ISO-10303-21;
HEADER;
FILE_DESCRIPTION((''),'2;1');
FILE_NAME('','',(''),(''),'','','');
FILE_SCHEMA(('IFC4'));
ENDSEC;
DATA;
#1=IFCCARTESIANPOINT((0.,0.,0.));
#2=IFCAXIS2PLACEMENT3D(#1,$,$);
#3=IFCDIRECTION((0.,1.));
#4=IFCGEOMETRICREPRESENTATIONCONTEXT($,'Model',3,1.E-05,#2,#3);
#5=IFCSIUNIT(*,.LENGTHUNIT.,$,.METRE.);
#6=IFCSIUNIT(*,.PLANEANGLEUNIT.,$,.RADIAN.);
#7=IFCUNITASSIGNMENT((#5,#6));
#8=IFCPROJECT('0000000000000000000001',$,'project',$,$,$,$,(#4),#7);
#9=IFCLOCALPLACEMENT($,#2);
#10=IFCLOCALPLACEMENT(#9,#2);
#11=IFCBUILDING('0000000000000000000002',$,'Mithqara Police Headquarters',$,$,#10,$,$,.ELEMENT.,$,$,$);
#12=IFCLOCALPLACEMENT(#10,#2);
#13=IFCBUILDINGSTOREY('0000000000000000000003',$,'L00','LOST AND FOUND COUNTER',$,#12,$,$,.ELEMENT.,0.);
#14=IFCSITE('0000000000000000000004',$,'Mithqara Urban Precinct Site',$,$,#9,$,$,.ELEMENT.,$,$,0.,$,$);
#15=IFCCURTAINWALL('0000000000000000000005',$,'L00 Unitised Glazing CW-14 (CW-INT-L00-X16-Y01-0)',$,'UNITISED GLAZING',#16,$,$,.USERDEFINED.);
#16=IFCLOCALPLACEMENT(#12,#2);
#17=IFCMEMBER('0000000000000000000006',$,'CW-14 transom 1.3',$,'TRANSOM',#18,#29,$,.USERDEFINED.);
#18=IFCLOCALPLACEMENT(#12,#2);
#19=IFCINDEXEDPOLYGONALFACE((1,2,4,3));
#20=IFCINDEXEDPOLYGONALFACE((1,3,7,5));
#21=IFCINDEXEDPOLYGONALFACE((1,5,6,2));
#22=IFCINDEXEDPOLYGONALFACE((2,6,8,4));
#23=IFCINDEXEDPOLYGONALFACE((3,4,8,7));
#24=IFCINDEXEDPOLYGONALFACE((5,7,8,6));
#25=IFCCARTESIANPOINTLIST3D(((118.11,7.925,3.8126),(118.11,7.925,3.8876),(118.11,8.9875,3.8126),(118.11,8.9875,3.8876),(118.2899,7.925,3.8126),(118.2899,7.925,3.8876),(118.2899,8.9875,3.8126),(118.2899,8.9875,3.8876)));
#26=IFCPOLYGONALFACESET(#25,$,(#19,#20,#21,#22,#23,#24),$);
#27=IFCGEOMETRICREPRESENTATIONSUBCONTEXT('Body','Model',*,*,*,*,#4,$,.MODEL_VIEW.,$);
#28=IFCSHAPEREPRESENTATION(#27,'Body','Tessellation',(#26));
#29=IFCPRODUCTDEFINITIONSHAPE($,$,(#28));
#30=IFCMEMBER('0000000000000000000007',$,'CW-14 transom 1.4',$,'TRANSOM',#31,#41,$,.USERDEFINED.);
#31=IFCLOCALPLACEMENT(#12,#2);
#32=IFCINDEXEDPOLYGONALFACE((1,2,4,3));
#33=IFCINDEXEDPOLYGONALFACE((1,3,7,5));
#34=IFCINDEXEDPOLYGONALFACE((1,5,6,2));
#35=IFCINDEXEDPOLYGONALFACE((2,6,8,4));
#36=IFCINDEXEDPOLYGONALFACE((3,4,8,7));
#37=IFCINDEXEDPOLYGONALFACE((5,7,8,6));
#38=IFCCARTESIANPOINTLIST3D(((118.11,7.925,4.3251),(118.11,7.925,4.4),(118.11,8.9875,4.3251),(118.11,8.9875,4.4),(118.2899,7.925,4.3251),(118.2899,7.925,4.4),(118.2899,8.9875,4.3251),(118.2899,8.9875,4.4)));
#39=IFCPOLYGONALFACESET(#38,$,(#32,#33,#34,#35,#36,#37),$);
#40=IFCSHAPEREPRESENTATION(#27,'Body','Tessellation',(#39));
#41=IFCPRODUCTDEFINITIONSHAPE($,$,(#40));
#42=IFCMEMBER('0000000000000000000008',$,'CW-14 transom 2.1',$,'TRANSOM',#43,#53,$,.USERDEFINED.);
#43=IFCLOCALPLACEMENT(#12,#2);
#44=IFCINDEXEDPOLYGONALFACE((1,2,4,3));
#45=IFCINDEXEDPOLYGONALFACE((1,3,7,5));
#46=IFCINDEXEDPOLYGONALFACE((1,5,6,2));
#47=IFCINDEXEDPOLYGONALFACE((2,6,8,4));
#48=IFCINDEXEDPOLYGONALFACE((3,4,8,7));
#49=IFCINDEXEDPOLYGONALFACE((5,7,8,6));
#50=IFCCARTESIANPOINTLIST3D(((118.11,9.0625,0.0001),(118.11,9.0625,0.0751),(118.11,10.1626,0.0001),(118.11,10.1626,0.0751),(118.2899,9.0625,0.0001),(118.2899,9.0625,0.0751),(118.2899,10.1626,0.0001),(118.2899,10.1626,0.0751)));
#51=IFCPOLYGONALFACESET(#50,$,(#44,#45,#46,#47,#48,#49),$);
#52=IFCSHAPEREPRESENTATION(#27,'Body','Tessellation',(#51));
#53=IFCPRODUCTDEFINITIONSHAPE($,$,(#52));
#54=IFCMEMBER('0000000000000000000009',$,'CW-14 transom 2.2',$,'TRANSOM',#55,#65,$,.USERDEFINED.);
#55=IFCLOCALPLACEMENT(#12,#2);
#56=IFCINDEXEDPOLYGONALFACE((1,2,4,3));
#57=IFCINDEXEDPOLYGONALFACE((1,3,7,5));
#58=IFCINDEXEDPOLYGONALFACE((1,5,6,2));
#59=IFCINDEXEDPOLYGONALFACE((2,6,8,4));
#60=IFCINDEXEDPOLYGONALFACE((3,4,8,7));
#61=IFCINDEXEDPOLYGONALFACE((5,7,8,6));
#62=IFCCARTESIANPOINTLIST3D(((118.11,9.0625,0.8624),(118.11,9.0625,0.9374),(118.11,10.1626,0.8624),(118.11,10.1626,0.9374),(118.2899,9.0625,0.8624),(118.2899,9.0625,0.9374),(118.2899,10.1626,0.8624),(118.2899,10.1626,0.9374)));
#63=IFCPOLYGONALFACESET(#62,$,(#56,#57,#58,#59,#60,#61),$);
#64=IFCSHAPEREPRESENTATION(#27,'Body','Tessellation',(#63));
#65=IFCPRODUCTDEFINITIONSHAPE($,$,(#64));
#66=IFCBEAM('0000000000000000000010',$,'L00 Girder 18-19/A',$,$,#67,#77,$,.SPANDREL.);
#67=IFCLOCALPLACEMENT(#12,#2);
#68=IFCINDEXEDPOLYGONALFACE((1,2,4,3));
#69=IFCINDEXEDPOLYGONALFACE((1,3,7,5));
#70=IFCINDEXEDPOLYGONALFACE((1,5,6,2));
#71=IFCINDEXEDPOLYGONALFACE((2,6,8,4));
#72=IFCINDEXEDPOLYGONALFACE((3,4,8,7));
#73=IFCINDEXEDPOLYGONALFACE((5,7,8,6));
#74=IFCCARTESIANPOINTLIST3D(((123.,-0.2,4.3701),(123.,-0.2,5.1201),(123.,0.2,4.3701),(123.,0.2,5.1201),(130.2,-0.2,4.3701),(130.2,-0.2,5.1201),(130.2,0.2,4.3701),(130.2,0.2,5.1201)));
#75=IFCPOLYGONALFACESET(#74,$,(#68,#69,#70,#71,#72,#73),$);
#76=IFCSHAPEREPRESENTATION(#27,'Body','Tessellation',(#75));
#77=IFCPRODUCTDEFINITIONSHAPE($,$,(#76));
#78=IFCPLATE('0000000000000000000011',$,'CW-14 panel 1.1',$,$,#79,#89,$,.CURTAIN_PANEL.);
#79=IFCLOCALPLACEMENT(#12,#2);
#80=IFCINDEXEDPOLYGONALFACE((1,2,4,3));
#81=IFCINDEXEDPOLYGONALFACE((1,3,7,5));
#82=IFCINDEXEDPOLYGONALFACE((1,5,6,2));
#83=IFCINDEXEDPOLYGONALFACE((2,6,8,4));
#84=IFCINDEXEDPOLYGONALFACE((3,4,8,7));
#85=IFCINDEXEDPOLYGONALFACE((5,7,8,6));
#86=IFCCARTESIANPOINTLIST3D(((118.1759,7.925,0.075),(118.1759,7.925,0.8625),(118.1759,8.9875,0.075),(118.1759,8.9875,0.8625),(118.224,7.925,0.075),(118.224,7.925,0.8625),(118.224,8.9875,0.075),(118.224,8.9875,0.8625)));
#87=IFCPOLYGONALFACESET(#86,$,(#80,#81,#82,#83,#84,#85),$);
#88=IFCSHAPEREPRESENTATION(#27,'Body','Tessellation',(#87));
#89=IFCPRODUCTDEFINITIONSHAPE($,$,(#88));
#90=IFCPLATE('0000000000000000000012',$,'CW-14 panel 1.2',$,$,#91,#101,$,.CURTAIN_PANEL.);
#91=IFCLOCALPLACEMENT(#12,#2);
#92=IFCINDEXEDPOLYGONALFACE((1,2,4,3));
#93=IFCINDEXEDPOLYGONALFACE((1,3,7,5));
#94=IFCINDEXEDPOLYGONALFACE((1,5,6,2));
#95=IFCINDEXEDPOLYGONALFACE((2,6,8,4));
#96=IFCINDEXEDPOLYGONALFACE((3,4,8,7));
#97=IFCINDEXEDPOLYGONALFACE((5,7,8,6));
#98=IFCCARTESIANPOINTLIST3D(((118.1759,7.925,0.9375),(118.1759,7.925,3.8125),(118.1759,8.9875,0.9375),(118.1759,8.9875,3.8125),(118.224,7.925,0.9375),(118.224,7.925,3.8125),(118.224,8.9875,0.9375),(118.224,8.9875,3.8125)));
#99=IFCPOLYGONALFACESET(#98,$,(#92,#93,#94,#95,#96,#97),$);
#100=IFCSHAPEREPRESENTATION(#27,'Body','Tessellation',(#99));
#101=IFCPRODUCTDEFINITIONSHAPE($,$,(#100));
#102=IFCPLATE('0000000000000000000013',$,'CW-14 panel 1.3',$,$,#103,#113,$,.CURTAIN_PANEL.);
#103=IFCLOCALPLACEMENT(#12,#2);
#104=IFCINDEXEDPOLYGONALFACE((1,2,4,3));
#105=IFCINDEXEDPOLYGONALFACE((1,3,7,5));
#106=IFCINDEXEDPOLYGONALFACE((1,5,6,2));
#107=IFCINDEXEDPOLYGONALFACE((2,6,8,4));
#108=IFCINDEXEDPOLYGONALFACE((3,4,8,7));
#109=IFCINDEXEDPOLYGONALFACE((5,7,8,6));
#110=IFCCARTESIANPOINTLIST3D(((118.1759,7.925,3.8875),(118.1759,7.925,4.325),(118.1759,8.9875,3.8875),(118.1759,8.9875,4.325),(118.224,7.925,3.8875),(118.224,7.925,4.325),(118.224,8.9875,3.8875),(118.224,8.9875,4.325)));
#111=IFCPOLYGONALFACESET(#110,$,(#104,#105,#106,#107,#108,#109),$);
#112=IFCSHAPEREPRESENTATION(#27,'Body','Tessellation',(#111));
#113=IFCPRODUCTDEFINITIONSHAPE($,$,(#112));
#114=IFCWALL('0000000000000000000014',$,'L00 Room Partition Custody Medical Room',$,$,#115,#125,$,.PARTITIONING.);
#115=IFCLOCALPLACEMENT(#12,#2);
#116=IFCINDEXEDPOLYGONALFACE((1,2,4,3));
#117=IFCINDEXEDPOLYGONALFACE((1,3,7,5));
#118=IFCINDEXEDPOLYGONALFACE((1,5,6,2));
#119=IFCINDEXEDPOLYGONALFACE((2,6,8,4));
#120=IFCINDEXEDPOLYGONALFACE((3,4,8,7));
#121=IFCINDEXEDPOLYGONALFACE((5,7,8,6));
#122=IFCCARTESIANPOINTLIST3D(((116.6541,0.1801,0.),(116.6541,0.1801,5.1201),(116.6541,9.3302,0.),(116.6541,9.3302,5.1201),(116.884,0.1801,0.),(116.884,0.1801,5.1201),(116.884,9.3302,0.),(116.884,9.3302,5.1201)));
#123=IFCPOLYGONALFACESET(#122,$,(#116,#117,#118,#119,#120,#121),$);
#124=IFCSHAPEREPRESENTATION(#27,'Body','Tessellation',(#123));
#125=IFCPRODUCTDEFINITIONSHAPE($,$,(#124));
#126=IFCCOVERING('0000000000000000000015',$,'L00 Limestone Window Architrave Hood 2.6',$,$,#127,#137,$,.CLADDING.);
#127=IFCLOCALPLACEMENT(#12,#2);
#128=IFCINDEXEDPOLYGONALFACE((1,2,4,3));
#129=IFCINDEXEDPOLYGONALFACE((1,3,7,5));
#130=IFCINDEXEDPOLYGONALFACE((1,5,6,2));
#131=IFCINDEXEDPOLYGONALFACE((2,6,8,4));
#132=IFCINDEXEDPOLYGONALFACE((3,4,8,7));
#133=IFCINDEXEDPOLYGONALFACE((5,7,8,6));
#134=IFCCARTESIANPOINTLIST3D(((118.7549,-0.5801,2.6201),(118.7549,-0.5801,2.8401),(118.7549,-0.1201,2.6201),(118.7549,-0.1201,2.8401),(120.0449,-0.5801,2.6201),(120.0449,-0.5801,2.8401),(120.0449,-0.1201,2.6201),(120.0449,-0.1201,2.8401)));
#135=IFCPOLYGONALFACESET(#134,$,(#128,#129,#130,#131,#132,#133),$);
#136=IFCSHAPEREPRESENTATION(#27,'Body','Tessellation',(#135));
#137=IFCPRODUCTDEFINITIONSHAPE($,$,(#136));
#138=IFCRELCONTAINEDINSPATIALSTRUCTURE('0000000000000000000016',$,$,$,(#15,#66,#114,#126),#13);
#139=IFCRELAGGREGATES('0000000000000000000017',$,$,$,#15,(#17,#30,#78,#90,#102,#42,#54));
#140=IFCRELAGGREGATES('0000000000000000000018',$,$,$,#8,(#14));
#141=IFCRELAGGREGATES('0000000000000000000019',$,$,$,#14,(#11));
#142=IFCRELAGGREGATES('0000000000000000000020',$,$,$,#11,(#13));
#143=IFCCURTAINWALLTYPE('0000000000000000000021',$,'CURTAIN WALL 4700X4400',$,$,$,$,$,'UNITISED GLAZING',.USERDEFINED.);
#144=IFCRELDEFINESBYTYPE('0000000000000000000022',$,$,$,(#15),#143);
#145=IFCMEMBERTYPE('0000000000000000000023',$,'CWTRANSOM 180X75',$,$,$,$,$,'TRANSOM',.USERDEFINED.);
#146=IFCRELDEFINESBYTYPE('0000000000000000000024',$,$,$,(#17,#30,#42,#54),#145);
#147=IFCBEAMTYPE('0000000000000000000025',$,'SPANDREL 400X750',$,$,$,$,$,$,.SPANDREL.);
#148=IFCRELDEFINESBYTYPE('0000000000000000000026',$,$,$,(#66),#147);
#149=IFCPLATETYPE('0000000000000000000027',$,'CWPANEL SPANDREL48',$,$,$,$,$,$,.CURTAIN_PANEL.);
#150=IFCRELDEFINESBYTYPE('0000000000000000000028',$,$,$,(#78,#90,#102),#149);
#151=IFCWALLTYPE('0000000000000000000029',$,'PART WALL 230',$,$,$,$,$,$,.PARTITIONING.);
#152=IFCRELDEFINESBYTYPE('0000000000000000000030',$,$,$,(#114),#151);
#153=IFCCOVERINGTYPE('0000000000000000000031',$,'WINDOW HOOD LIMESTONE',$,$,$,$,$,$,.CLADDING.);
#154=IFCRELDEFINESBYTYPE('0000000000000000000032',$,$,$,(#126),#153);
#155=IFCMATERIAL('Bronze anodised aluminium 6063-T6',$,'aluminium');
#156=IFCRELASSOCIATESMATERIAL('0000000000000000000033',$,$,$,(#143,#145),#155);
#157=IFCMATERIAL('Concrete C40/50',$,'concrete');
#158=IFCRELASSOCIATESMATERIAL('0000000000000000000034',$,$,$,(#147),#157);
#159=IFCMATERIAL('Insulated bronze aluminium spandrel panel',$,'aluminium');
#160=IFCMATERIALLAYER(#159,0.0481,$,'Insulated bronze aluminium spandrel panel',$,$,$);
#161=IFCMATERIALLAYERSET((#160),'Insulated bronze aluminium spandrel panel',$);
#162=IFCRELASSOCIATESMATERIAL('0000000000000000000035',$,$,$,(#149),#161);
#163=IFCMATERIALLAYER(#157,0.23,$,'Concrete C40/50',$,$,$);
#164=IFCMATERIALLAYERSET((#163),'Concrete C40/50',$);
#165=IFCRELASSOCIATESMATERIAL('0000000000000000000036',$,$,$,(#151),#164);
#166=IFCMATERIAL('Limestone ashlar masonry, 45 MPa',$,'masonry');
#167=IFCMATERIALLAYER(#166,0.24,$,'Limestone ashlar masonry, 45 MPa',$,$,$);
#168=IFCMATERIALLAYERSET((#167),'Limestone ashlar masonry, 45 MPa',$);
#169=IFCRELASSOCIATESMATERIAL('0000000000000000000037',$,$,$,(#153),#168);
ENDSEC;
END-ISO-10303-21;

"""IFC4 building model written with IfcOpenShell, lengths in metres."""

from ifc_helpers import new_model, si_unit, direction, frame, frame_2d, origin, origin_2d, place, context, subcontext, project, spatial, rectangle, extrude, material, layer, layer_set, material_profile, profile_set, type_object, element, aggregate, save


model = new_model("IFC4")

# Units and contexts
model_context = context("Model", 3, precision=1e-05, world=origin(), true_north=direction((0.0, 1.0)))
body_context = subcontext(model_context, "Body", "Model", "MODEL_VIEW")
ifc_project = project(units=[si_unit("LENGTHUNIT", "METRE"), si_unit("PLANEANGLEUNIT", "RADIAN")], contexts=[model_context])

# Site, building, storey
site_placement = place(None, origin())
site = spatial("IfcSite", under=ifc_project, at=site_placement, Name="Mithqara Urban Precinct Site", CompositionType="ELEMENT", RefElevation=0.0)
building_placement = place(site_placement, origin())
building = spatial("IfcBuilding", under=site, at=building_placement, Name="Mithqara Police Headquarters", CompositionType="ELEMENT")
storey_placement = place(building_placement, origin())
storey = spatial("IfcBuildingStorey", under=building, at=storey_placement, Name="L00", Description="LOST AND FOUND COUNTER", CompositionType="ELEMENT", Elevation=0.0)

# Shared definitions
ifc_material_1 = material(Name="Concrete C40/50", Category="concrete")

# Curtain wall, members
ifc_material_2 = material(Name="Bronze anodised aluminium 6063-T6", Category="aluminium")
curtain_wall_type = type_object("IfcCurtainWallType", Name="CURTAIN WALL 4700X4400", ElementType="UNITISED GLAZING", PredefinedType="USERDEFINED", material=ifc_material_2)
curtain_wall_placement = place(storey_placement, origin())
curtain_wall = element("IfcCurtainWall", 1, at=curtain_wall_placement, inside=storey, type_object=curtain_wall_type, Name="L00 Unitised Glazing CW-14 (CW-INT-L00-X16-Y01-0)", ObjectType="UNITISED GLAZING", PredefinedType="USERDEFINED")
ifc_material_profile_1 = material_profile(ifc_material_2, rectangle(XDim=0.1799, YDim=0.075, at=origin_2d()), Name="CWT 180x75")
ifc_profile_set_1 = profile_set([ifc_material_profile_1], Name="Bronze anodised aluminium 6063-T6")
member_type_1 = type_object("IfcMemberType", Name="CWTRANSOM 180X75", ElementType="TRANSOM", PredefinedType="USERDEFINED", material=ifc_profile_set_1)
member_1_placement = place(storey_placement, frame((118.2, 7.925, 3.8501), z_axis=(0.0, 1.0, 0.0), x_axis=(-1.0, 0.0, 0.0)))
member_1 = element("IfcMember", 2, at=member_1_placement, type_object=member_type_1, Name="CW-14 transom 1.3", ObjectType="TRANSOM", PredefinedType="USERDEFINED", context=body_context, shape_type="SweptSolid", body=[
    extrude(rectangle(XDim=0.1799, YDim=0.075, at=origin_2d()), origin(), (0.0, 0.0, 1.0), 1.0625),
])
member_2_placement = place(storey_placement, frame((118.2, 7.925, 4.3625), z_axis=(0.0, 1.0, 0.0), x_axis=(-1.0, 0.0, 0.0)))
member_2 = element("IfcMember", 3, at=member_2_placement, type_object=member_type_1, Name="CW-14 transom 1.4", ObjectType="TRANSOM", PredefinedType="USERDEFINED", context=body_context, shape_type="SweptSolid", body=[
    extrude(rectangle(XDim=0.1799, YDim=0.075, at=origin_2d()), origin(), (0.0, 0.0, 1.0), 1.0625),
])
member_3_placement = place(storey_placement, frame((118.2, 9.0625, 0.0376), z_axis=(0.0, 1.0, 0.0), x_axis=(-1.0, 0.0, 0.0)))
member_3 = element("IfcMember", 4, at=member_3_placement, type_object=member_type_1, Name="CW-14 transom 2.1", ObjectType="TRANSOM", PredefinedType="USERDEFINED", context=body_context, shape_type="SweptSolid", body=[
    extrude(rectangle(XDim=0.1799, YDim=0.075, at=origin_2d()), origin(), (0.0, 0.0, 1.0), 1.1001),
])
member_4_placement = place(storey_placement, frame((118.2, 9.0625, 0.8999), z_axis=(0.0, 1.0, 0.0), x_axis=(-1.0, 0.0, 0.0)))
member_4 = element("IfcMember", 5, at=member_4_placement, type_object=member_type_1, Name="CW-14 transom 2.2", ObjectType="TRANSOM", PredefinedType="USERDEFINED", context=body_context, shape_type="SweptSolid", body=[
    extrude(rectangle(XDim=0.1799, YDim=0.075, at=origin_2d()), origin(), (0.0, 0.0, 1.0), 1.1001),
])

# Beam
ifc_material_profile_2 = material_profile(ifc_material_1, rectangle(XDim=0.3999, YDim=0.75, at=origin_2d()), Name="SPB 400x750")
ifc_profile_set_2 = profile_set([ifc_material_profile_2], Name="Concrete C40/50")
beam_type_1 = type_object("IfcBeamType", Name="SPANDREL 400X750", PredefinedType="SPANDREL", material=ifc_profile_set_2)
beam_1_placement = place(storey_placement, frame((123.0, 0.0, 4.7451), z_axis=(1.0, 0.0, 0.0), x_axis=(0.0, 1.0, 0.0)))
element("IfcBeam", 6, at=beam_1_placement, inside=storey, type_object=beam_type_1, Name="L00 Girder 18-19/A", PredefinedType="SPANDREL", context=body_context, shape_type="SweptSolid", body=[
    extrude(rectangle(XDim=0.3999, YDim=0.75, at=origin_2d()), origin(), (0.0, 0.0, 1.0), 7.2),
])

# Plates
ifc_material_3 = material(Name="Insulated bronze aluminium spandrel panel", Category="aluminium")
ifc_layer_1 = layer(ifc_material_3, 0.0481, Name="Insulated bronze aluminium spandrel panel")
ifc_layer_set_1 = layer_set([ifc_layer_1], Name="Insulated bronze aluminium spandrel panel")
plate_type = type_object("IfcPlateType", Name="CWPANEL SPANDREL48", PredefinedType="CURTAIN_PANEL", material=ifc_layer_set_1)
plate_1_placement = place(storey_placement, frame((118.2, 8.4563, 0.075), z_axis=(0.0, 0.0, 1.0), x_axis=(0.0, 1.0, 0.0)))
plate_1 = element("IfcPlate", 7, at=plate_1_placement, type_object=plate_type, Name="CW-14 panel 1.1", PredefinedType="CURTAIN_PANEL", context=body_context, shape_type="SweptSolid", body=[
    extrude(rectangle(XDim=1.0625, YDim=0.0481, at=origin_2d()), origin(), (0.0, 0.0, 1.0), 0.7876),
])
plate_2_placement = place(storey_placement, frame((118.2, 8.4563, 0.9375), z_axis=(0.0, 0.0, 1.0), x_axis=(0.0, 1.0, 0.0)))
plate_2 = element("IfcPlate", 8, at=plate_2_placement, type_object=plate_type, Name="CW-14 panel 1.2", PredefinedType="CURTAIN_PANEL", context=body_context, shape_type="SweptSolid", body=[
    extrude(rectangle(XDim=1.0625, YDim=0.0481, at=origin_2d()), origin(), (0.0, 0.0, 1.0), 2.875),
])
plate_3_placement = place(storey_placement, frame((118.2, 8.4563, 3.8875), z_axis=(0.0, 0.0, 1.0), x_axis=(0.0, 1.0, 0.0)))
plate_3 = element("IfcPlate", 9, at=plate_3_placement, type_object=plate_type, Name="CW-14 panel 1.3", PredefinedType="CURTAIN_PANEL", context=body_context, shape_type="SweptSolid", body=[
    extrude(rectangle(XDim=1.0625, YDim=0.0481, at=origin_2d()), origin(), (0.0, 0.0, 1.0), 0.4375),
])
aggregate(curtain_wall, [member_1, member_2, plate_1, plate_2, plate_3, member_3, member_4])

# Wall
ifc_layer_2 = layer(ifc_material_1, 0.23, Name="Concrete C40/50")
ifc_layer_set_2 = layer_set([ifc_layer_2], Name="Concrete C40/50")
wall_type = type_object("IfcWallType", Name="PART WALL 230", PredefinedType="PARTITIONING", material=ifc_layer_set_2)
wall_placement = place(storey_placement, frame((116.769, 0.1799, 0.0), z_axis=(0.0, 0.0, 1.0), x_axis=(0.0, 1.0, 0.0)))
element("IfcWall", 10, at=wall_placement, inside=storey, type_object=wall_type, Name="L00 Room Partition Custody Medical Room", PredefinedType="PARTITIONING", context=body_context, shape_type="SweptSolid", body=[
    extrude(rectangle(XDim=9.1501, YDim=0.23, at=frame_2d((4.5752, 0.0))), origin(), (0.0, 0.0, 1.0), 5.1201),
])

# Covering
ifc_material_4 = material(Name="Limestone ashlar masonry, 45 MPa", Category="masonry")
ifc_layer_3 = layer(ifc_material_4, 0.24, Name="Limestone ashlar masonry, 45 MPa")
ifc_layer_set_3 = layer_set([ifc_layer_3], Name="Limestone ashlar masonry, 45 MPa")
covering_type = type_object("IfcCoveringType", Name="WINDOW HOOD LIMESTONE", PredefinedType="CLADDING", material=ifc_layer_set_3)
covering_placement = place(storey_placement, frame((119.3999, -0.3501, 2.6201), z_axis=(0.0, 0.0, 1.0), x_axis=(1.0, 0.0, 0.0)))
element("IfcCovering", 11, at=covering_placement, inside=storey, type_object=covering_type, Name="L00 Limestone Window Architrave Hood 2.6", PredefinedType="CLADDING", context=body_context, shape_type="SweptSolid", body=[
    extrude(rectangle(XDim=1.29, YDim=0.46, at=origin_2d()), origin(), (0.0, 0.0, 1.0), 0.22),
])

save(model, "model.ifc")
